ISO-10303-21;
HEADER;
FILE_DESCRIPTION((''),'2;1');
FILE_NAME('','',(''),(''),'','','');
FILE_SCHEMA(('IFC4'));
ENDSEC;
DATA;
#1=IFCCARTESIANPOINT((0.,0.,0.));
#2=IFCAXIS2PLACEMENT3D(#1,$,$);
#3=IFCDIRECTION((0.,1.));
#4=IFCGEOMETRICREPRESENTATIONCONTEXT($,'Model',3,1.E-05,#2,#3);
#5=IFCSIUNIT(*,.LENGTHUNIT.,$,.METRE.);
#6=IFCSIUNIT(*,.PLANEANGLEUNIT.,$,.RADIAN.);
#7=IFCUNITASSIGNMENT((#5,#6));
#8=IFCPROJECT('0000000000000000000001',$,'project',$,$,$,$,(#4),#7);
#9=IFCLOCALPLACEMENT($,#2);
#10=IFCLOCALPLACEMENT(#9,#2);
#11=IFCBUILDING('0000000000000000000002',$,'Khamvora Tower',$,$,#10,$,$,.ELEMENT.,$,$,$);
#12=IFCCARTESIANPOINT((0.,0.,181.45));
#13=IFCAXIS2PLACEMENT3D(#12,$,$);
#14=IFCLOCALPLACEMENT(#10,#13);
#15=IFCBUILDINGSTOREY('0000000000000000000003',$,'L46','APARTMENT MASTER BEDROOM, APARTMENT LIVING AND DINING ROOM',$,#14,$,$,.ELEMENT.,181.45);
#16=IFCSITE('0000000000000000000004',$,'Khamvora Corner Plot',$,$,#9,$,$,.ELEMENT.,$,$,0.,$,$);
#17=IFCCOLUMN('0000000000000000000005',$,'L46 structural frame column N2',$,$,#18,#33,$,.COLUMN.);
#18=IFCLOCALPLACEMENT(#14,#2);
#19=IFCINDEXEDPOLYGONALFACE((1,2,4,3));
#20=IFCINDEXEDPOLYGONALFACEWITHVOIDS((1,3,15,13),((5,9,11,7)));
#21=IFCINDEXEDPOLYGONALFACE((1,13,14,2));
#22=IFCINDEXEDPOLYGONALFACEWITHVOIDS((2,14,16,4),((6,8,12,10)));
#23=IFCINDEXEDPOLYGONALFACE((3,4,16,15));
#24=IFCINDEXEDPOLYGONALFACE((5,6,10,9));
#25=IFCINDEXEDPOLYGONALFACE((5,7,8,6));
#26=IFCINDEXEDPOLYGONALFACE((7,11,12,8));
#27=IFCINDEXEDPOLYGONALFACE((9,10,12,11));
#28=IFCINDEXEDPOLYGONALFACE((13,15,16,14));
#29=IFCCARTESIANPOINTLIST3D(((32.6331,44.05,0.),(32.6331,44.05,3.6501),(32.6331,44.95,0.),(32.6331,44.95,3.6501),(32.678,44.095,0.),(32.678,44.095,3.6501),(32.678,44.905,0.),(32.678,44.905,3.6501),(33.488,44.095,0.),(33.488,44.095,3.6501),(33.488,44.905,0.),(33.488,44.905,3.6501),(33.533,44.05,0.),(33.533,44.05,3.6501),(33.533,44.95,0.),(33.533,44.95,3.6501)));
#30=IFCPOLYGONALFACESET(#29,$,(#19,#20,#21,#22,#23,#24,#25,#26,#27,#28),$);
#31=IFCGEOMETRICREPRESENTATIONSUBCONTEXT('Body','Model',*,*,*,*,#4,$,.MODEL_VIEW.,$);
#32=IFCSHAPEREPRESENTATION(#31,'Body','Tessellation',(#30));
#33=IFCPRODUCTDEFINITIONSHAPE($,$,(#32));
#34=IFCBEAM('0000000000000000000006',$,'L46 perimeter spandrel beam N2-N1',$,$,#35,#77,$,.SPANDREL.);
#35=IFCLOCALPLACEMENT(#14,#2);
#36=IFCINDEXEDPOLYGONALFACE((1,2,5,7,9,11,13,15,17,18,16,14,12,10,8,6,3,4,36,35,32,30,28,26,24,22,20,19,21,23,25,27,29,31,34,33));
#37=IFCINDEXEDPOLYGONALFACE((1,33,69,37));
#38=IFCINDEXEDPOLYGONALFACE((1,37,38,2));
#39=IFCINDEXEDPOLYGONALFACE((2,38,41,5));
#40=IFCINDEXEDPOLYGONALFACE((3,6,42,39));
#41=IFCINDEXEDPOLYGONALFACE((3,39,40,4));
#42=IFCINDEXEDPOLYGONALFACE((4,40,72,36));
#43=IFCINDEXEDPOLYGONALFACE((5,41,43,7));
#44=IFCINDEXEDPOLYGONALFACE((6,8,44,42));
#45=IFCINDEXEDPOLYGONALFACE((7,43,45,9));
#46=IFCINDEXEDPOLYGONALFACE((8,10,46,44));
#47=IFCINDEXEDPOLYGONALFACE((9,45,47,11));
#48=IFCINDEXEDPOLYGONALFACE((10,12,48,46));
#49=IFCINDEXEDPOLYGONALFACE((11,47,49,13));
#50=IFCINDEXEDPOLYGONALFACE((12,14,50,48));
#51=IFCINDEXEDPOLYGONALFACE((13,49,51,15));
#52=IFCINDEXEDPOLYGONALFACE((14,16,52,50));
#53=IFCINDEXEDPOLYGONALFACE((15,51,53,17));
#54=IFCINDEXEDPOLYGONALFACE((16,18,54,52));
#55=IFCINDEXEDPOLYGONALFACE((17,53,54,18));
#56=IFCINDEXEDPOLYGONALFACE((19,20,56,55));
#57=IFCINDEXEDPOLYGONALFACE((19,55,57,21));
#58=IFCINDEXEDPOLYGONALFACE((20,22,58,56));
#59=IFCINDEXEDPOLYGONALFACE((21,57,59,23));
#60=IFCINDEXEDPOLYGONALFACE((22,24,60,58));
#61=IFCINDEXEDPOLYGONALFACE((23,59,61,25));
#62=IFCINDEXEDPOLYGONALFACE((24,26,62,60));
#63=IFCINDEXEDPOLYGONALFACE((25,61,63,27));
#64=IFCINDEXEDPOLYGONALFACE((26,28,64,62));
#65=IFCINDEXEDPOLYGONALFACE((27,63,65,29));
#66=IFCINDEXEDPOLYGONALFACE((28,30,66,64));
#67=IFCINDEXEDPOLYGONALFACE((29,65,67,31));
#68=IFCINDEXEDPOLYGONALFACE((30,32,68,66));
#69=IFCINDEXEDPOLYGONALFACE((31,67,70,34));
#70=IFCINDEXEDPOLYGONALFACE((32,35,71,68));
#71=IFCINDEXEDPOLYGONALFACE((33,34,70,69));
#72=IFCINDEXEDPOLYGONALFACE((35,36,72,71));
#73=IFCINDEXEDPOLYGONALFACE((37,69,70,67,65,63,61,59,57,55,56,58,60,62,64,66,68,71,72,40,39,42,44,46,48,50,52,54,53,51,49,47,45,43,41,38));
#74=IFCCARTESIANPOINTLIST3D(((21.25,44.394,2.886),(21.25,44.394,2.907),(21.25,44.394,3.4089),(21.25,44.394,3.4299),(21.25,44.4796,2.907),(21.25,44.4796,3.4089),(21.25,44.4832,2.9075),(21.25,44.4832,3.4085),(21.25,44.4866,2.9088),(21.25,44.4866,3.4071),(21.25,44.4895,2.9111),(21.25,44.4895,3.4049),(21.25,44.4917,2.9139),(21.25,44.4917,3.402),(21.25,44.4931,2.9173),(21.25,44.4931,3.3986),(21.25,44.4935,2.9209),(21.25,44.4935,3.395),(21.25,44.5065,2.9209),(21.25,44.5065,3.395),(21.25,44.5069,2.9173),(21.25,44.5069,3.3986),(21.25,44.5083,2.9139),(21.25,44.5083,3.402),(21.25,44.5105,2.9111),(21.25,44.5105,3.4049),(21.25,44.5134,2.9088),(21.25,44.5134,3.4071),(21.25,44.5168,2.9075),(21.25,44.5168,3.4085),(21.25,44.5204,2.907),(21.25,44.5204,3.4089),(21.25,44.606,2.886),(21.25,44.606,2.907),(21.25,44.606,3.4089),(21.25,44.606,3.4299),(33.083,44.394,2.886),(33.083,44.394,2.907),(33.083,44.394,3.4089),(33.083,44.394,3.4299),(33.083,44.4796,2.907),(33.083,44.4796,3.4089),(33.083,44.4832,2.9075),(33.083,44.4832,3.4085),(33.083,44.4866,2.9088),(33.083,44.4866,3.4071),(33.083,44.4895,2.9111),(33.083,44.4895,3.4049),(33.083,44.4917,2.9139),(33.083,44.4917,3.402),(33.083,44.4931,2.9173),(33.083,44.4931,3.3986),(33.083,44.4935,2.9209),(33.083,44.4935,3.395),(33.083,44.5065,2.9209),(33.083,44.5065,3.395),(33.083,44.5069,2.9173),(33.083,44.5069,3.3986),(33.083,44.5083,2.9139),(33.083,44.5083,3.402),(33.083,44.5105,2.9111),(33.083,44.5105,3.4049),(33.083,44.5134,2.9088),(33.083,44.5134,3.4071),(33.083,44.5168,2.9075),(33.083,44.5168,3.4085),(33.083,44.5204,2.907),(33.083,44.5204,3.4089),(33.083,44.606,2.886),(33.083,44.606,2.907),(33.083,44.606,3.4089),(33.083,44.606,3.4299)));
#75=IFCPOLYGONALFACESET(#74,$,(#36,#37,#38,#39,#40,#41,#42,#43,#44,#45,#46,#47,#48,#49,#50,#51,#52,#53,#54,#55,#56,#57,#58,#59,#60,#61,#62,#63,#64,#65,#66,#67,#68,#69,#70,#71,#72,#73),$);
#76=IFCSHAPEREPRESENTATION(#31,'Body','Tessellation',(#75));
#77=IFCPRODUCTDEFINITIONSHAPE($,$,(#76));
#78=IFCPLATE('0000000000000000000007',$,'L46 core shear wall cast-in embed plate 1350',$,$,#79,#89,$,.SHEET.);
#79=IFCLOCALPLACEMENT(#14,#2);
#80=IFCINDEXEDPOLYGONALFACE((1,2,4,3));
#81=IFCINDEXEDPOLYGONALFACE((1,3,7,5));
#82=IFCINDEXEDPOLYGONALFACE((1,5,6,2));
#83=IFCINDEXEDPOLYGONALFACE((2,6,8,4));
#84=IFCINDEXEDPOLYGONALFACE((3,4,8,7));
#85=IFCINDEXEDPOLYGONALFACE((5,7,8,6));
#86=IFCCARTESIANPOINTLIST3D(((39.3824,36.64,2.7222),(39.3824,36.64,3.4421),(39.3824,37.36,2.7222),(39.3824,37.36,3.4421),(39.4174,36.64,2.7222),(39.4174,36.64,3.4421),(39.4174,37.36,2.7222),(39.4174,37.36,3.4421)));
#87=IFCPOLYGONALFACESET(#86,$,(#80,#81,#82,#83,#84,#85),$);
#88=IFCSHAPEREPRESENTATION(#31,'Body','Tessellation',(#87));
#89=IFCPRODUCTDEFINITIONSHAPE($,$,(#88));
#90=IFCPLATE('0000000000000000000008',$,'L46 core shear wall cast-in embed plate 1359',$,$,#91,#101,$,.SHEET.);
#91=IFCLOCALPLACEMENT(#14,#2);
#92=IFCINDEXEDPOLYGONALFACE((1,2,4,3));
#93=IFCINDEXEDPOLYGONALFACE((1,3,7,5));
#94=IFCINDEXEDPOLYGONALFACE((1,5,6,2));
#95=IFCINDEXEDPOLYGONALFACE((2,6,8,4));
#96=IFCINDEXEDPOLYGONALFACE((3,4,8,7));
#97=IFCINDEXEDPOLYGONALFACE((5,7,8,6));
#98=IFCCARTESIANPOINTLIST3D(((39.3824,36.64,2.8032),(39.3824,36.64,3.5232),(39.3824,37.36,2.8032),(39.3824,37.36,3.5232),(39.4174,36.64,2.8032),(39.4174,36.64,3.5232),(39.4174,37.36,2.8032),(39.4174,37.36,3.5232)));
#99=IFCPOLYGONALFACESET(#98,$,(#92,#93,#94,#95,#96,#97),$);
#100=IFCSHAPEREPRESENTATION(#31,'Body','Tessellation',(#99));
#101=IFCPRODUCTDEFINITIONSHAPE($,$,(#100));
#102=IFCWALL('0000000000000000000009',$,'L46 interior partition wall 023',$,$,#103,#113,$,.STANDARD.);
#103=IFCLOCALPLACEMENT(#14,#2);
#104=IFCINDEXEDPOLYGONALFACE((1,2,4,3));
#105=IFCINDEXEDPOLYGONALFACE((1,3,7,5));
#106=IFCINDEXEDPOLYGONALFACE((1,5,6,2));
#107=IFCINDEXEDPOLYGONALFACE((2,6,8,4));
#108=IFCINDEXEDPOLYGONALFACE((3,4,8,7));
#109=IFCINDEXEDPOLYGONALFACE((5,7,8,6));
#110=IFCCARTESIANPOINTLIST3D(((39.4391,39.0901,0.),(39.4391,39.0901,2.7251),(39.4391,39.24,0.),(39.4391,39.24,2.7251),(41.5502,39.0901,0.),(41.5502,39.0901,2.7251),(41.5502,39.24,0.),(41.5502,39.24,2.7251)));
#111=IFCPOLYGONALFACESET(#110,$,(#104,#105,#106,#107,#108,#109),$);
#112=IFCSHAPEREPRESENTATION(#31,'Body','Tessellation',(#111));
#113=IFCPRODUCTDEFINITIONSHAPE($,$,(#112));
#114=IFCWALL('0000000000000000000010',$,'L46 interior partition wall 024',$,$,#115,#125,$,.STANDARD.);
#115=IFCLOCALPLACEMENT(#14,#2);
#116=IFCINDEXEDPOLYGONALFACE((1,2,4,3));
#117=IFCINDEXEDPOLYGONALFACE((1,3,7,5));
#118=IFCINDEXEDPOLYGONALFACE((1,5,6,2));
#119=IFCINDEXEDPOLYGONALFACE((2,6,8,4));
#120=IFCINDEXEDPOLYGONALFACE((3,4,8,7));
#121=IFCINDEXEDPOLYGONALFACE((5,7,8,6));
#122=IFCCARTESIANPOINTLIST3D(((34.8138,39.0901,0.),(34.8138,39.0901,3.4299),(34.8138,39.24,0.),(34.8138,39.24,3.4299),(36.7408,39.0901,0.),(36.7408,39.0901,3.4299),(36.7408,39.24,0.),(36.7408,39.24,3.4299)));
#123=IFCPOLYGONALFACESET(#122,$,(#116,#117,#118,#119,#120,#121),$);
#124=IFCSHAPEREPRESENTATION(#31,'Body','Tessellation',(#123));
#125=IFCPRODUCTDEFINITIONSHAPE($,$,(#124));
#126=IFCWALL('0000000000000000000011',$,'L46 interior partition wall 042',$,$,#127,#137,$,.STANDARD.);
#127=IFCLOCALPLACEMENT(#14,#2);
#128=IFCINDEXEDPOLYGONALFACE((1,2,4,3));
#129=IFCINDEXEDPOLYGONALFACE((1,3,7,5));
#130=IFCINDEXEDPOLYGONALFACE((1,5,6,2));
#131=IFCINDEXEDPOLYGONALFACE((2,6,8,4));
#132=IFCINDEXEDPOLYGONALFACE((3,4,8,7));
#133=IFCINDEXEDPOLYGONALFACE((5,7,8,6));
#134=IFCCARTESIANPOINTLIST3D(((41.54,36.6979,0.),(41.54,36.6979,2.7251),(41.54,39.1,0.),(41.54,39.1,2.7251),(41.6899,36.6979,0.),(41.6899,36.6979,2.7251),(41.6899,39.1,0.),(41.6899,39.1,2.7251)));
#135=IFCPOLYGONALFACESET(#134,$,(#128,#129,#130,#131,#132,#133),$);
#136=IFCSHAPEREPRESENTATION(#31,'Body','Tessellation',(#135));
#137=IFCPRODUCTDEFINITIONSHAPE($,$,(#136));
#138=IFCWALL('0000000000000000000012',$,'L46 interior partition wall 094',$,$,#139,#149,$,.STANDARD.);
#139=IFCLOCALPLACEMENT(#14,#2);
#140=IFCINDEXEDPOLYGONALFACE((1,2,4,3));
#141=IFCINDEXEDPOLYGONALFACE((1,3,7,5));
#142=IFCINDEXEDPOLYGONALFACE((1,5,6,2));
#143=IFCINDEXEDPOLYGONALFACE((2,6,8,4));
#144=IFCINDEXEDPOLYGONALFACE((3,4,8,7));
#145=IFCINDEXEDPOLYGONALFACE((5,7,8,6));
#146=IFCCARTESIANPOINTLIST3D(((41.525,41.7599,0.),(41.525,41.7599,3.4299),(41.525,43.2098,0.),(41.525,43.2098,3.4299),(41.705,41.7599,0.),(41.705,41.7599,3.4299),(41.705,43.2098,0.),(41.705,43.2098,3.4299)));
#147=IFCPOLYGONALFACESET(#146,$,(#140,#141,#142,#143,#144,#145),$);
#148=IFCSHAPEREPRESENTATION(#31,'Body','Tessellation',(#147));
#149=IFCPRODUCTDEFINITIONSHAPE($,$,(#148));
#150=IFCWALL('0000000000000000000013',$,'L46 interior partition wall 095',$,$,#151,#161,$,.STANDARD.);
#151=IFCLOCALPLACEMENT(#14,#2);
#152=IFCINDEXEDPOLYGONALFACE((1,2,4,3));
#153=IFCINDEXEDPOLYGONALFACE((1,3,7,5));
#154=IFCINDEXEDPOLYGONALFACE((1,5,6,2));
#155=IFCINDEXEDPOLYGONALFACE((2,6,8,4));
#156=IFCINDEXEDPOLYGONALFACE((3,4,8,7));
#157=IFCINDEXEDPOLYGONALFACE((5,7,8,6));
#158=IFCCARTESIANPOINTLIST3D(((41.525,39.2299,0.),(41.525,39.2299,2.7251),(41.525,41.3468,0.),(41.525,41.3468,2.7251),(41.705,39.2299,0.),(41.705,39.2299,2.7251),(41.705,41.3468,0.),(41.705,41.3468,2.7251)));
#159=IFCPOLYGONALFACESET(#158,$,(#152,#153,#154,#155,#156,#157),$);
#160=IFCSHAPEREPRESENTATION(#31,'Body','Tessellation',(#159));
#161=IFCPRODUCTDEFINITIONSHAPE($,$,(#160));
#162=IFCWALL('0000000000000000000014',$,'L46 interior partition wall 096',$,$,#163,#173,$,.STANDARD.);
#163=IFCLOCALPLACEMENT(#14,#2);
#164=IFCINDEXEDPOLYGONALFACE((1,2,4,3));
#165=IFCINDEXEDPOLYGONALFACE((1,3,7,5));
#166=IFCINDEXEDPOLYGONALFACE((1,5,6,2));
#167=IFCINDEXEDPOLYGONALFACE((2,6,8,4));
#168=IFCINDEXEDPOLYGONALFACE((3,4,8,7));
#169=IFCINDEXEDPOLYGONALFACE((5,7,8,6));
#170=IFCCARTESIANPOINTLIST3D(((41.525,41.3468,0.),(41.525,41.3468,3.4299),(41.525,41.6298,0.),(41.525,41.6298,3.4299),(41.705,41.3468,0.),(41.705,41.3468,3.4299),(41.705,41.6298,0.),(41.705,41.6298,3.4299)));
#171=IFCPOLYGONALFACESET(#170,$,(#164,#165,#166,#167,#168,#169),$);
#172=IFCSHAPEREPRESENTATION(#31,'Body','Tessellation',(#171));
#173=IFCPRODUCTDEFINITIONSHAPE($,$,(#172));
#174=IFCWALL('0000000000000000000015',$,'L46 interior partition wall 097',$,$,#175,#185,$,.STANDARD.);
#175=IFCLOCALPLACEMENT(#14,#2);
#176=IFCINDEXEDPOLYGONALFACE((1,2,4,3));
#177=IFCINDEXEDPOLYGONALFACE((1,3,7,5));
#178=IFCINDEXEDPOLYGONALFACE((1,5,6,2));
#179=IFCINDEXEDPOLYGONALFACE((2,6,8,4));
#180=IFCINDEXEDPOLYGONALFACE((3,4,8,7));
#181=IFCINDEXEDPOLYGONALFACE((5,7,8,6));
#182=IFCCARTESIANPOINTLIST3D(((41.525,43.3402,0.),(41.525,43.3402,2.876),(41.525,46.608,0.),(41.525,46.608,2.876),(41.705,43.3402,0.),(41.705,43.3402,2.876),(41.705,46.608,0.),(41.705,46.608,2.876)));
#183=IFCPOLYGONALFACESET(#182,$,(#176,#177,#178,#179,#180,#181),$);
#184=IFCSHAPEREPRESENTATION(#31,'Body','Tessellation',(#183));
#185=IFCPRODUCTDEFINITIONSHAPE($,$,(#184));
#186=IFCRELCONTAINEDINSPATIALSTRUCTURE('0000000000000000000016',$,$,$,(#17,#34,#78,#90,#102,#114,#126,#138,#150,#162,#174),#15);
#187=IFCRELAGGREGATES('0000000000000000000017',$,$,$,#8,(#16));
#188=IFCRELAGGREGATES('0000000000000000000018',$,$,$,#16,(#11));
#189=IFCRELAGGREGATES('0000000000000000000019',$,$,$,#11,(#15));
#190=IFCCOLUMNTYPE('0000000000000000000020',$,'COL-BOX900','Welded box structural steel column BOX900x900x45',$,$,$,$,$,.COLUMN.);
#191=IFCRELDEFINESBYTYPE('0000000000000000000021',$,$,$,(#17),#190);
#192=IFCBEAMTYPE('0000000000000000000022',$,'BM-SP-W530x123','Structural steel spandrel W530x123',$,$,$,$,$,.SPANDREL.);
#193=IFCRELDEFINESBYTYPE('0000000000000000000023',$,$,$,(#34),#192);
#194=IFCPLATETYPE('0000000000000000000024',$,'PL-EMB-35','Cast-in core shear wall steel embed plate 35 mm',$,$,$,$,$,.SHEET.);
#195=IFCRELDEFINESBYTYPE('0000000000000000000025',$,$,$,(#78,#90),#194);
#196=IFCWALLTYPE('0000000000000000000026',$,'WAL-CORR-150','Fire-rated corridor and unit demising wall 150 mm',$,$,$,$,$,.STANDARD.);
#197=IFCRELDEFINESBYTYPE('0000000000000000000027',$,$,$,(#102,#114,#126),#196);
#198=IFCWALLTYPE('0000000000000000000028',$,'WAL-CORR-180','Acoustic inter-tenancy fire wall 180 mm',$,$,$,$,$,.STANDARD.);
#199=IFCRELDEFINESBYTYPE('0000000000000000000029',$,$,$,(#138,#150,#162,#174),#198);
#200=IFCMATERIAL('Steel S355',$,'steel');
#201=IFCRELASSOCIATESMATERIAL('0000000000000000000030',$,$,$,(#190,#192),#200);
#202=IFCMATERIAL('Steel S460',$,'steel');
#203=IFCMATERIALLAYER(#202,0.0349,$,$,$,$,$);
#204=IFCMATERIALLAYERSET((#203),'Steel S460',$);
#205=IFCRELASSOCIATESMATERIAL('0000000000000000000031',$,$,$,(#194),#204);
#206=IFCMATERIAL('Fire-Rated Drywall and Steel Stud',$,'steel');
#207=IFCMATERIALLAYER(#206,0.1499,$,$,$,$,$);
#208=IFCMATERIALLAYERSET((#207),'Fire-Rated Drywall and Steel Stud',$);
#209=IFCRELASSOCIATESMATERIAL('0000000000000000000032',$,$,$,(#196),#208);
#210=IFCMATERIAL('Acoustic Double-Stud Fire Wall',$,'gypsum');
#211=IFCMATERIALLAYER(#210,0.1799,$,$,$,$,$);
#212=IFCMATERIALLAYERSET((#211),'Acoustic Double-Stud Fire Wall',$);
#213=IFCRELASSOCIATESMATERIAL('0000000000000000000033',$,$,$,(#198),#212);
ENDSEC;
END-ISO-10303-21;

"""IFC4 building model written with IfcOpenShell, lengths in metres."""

from ifc_helpers import new_model, si_unit, direction, frame, frame_2d, origin, origin_2d, place, context, subcontext, project, spatial, rectangle, hollow_rectangle, i_section, extrude, material, layer, layer_set, material_profile, profile_set, type_object, element, save


model = new_model("IFC4")

# Units and contexts
model_context = context("Model", 3, precision=1e-05, world=origin(), true_north=direction((0.0, 1.0)))
body_context = subcontext(model_context, "Body", "Model", "MODEL_VIEW")
ifc_project = project(units=[si_unit("LENGTHUNIT", "METRE"), si_unit("PLANEANGLEUNIT", "RADIAN")], contexts=[model_context])

# Site, building, storey
site_placement = place(None, origin())
site = spatial("IfcSite", under=ifc_project, at=site_placement, Name="Khamvora Corner Plot", CompositionType="ELEMENT", RefElevation=0.0)
building_placement = place(site_placement, origin())
building = spatial("IfcBuilding", under=site, at=building_placement, Name="Khamvora Tower", CompositionType="ELEMENT")
storey_placement = place(building_placement, frame((0.0, 0.0, 181.45)))
storey = spatial("IfcBuildingStorey", under=building, at=storey_placement, Name="L46", Description="APARTMENT MASTER BEDROOM, APARTMENT LIVING AND DINING ROOM", CompositionType="ELEMENT", Elevation=181.45)

# Column
ifc_material_1 = material(Name="Steel S355", Category="steel")
ifc_material_profile_1 = material_profile(ifc_material_1, hollow_rectangle(XDim=0.8999, YDim=0.8999, WallThickness=0.0449, at=origin_2d()), Name="BOX900x900x45")
ifc_profile_set_1 = profile_set([ifc_material_profile_1], Name="Steel S355")
column_type = type_object("IfcColumnType", Name="COL-BOX900", Description="Welded box structural steel column BOX900x900x45", PredefinedType="COLUMN", material=ifc_profile_set_1)
column_placement = place(storey_placement, frame((33.083, 44.5, 0.0), z_axis=(0.0, 0.0, 1.0), x_axis=(1.0, 0.0, 0.0)))
element("IfcColumn", 1, at=column_placement, inside=storey, type_object=column_type, Name="L46 structural frame column N2", PredefinedType="COLUMN", context=body_context, shape_type="SweptSolid", body=[
    extrude(hollow_rectangle(XDim=0.8999, YDim=0.8999, WallThickness=0.0449, at=origin_2d()), origin(), (0.0, 0.0, 1.0), 3.6501),
])

# Beam
ifc_material_profile_2 = material_profile(ifc_material_1, i_section(OverallWidth=0.2119, OverallDepth=0.5439, WebThickness=0.0129, FlangeThickness=0.021, FilletRadius=0.0139, at=origin_2d()), Name="W530x123")
ifc_profile_set_2 = profile_set([ifc_material_profile_2], Name="Steel S355")
beam_type = type_object("IfcBeamType", Name="BM-SP-W530x123", Description="Structural steel spandrel W530x123", PredefinedType="SPANDREL", material=ifc_profile_set_2)
beam_placement = place(storey_placement, frame((33.083, 44.5, 3.158), z_axis=(-1.0, 0.0, 0.0), x_axis=(0.0, -1.0, 0.0)))
element("IfcBeam", 2, at=beam_placement, inside=storey, type_object=beam_type, Name="L46 perimeter spandrel beam N2-N1", PredefinedType="SPANDREL", context=body_context, shape_type="SweptSolid", body=[
    extrude(i_section(OverallWidth=0.2119, OverallDepth=0.5439, WebThickness=0.0129, FlangeThickness=0.021, FilletRadius=0.0139, at=origin_2d()), origin(), (0.0, 0.0, 1.0), 11.833),
])

# Plates
ifc_material_2 = material(Name="Steel S460", Category="steel")
ifc_layer_1 = layer(ifc_material_2, 0.0349)
ifc_layer_set_1 = layer_set([ifc_layer_1], Name="Steel S460")
plate_type = type_object("IfcPlateType", Name="PL-EMB-35", Description="Cast-in core shear wall steel embed plate 35 mm", PredefinedType="SHEET", material=ifc_layer_set_1)
for number, where, z_axis, x_axis, name in (
    (3, (39.3999, 37.0, 2.7222), (0.0, 0.0, 1.0), (1.0, 0.0, 0.0), "L46 core shear wall cast-in embed plate 1350"),
    (4, (39.3999, 37.0, 2.8032), (0.0, 0.0, 1.0), (1.0, 0.0, 0.0), "L46 core shear wall cast-in embed plate 1359"),
):
    element("IfcPlate", number, at=place(storey_placement, frame(where, z_axis=z_axis, x_axis=x_axis)), inside=storey, type_object=plate_type, Name=name, PredefinedType="SHEET", context=body_context, shape_type="SweptSolid", body=[
        extrude(rectangle(XDim=0.0349, YDim=0.72, at=origin_2d()), origin(), (0.0, 0.0, 1.0), 0.72),
    ])

# Shared definitions
ifc_material_3 = material(Name="Fire-Rated Drywall and Steel Stud", Category="steel")
ifc_layer_2 = layer(ifc_material_3, 0.1499)
ifc_layer_set_2 = layer_set([ifc_layer_2], Name="Fire-Rated Drywall and Steel Stud")
wall_type_1 = type_object("IfcWallType", Name="WAL-CORR-150", Description="Fire-rated corridor and unit demising wall 150 mm", PredefinedType="STANDARD", material=ifc_layer_set_2)

# Walls
wall_1_placement = place(storey_placement, frame((39.439, 39.165, 0.0), z_axis=(0.0, 0.0, 1.0), x_axis=(1.0, 0.0, 0.0)))
element("IfcWall", 5, at=wall_1_placement, inside=storey, type_object=wall_type_1, Name="L46 interior partition wall 023", PredefinedType="STANDARD", context=body_context, shape_type="SweptSolid", body=[
    extrude(rectangle(XDim=2.1111, YDim=0.1499, at=frame_2d((1.0557, 0.0))), origin(), (0.0, 0.0, 1.0), 2.7251),
])
wall_2_placement = place(storey_placement, frame((34.814, 39.165, 0.0), z_axis=(0.0, 0.0, 1.0), x_axis=(1.0, 0.0, 0.0)))
element("IfcWall", 6, at=wall_2_placement, inside=storey, type_object=wall_type_1, Name="L46 interior partition wall 024", PredefinedType="STANDARD", context=body_context, shape_type="SweptSolid", body=[
    extrude(rectangle(XDim=1.927, YDim=0.1499, at=frame_2d((0.9634, 0.0))), origin(), (0.0, 0.0, 1.0), 3.4299),
])
wall_3_placement = place(storey_placement, frame((41.615, 39.1001, 0.0), z_axis=(0.0, 0.0, 1.0), x_axis=(0.0, -1.0, 0.0)))
element("IfcWall", 7, at=wall_3_placement, inside=storey, type_object=wall_type_1, Name="L46 interior partition wall 042", PredefinedType="STANDARD", context=body_context, shape_type="SweptSolid", body=[
    extrude(rectangle(XDim=2.4021, YDim=0.1499, at=frame_2d((1.2012, 0.0))), origin(), (0.0, 0.0, 1.0), 2.7251),
])
ifc_material_4 = material(Name="Acoustic Double-Stud Fire Wall", Category="gypsum")
ifc_layer_3 = layer(ifc_material_4, 0.1799)
ifc_layer_set_3 = layer_set([ifc_layer_3], Name="Acoustic Double-Stud Fire Wall")
wall_type_2 = type_object("IfcWallType", Name="WAL-CORR-180", Description="Acoustic inter-tenancy fire wall 180 mm", PredefinedType="STANDARD", material=ifc_layer_set_3)
wall_4_placement = place(storey_placement, frame((41.615, 43.21, 0.0), z_axis=(0.0, 0.0, 1.0), x_axis=(0.0, -1.0, 0.0)))
element("IfcWall", 8, at=wall_4_placement, inside=storey, type_object=wall_type_2, Name="L46 interior partition wall 094", PredefinedType="STANDARD", context=body_context, shape_type="SweptSolid", body=[
    extrude(rectangle(XDim=1.45, YDim=0.1799, at=frame_2d((0.7251, 0.0))), origin(), (0.0, 0.0, 1.0), 3.4299),
])
wall_5_placement = place(storey_placement, frame((41.615, 41.3469, 0.0), z_axis=(0.0, 0.0, 1.0), x_axis=(0.0, -1.0, 0.0)))
element("IfcWall", 9, at=wall_5_placement, inside=storey, type_object=wall_type_2, Name="L46 interior partition wall 095", PredefinedType="STANDARD", context=body_context, shape_type="SweptSolid", body=[
    extrude(rectangle(XDim=2.1169, YDim=0.1799, at=frame_2d((1.0586, 0.0))), origin(), (0.0, 0.0, 1.0), 2.7251),
])
wall_6_placement = place(storey_placement, frame((41.615, 41.6299, 0.0), z_axis=(0.0, 0.0, 1.0), x_axis=(0.0, -1.0, 0.0)))
element("IfcWall", 10, at=wall_6_placement, inside=storey, type_object=wall_type_2, Name="L46 interior partition wall 096", PredefinedType="STANDARD", context=body_context, shape_type="SweptSolid", body=[
    extrude(rectangle(XDim=0.283, YDim=0.1799, at=frame_2d((0.1416, 0.0))), origin(), (0.0, 0.0, 1.0), 3.4299),
])
wall_7_placement = place(storey_placement, frame((41.615, 46.6079, 0.0), z_axis=(0.0, 0.0, 1.0), x_axis=(0.0, -1.0, 0.0)))
element("IfcWall", 11, at=wall_7_placement, inside=storey, type_object=wall_type_2, Name="L46 interior partition wall 097", PredefinedType="STANDARD", context=body_context, shape_type="SweptSolid", body=[
    extrude(rectangle(XDim=3.2678, YDim=0.1799, at=frame_2d((1.6338, 0.0))), origin(), (0.0, 0.0, 1.0), 2.876),
])

save(model, "model.ifc")
